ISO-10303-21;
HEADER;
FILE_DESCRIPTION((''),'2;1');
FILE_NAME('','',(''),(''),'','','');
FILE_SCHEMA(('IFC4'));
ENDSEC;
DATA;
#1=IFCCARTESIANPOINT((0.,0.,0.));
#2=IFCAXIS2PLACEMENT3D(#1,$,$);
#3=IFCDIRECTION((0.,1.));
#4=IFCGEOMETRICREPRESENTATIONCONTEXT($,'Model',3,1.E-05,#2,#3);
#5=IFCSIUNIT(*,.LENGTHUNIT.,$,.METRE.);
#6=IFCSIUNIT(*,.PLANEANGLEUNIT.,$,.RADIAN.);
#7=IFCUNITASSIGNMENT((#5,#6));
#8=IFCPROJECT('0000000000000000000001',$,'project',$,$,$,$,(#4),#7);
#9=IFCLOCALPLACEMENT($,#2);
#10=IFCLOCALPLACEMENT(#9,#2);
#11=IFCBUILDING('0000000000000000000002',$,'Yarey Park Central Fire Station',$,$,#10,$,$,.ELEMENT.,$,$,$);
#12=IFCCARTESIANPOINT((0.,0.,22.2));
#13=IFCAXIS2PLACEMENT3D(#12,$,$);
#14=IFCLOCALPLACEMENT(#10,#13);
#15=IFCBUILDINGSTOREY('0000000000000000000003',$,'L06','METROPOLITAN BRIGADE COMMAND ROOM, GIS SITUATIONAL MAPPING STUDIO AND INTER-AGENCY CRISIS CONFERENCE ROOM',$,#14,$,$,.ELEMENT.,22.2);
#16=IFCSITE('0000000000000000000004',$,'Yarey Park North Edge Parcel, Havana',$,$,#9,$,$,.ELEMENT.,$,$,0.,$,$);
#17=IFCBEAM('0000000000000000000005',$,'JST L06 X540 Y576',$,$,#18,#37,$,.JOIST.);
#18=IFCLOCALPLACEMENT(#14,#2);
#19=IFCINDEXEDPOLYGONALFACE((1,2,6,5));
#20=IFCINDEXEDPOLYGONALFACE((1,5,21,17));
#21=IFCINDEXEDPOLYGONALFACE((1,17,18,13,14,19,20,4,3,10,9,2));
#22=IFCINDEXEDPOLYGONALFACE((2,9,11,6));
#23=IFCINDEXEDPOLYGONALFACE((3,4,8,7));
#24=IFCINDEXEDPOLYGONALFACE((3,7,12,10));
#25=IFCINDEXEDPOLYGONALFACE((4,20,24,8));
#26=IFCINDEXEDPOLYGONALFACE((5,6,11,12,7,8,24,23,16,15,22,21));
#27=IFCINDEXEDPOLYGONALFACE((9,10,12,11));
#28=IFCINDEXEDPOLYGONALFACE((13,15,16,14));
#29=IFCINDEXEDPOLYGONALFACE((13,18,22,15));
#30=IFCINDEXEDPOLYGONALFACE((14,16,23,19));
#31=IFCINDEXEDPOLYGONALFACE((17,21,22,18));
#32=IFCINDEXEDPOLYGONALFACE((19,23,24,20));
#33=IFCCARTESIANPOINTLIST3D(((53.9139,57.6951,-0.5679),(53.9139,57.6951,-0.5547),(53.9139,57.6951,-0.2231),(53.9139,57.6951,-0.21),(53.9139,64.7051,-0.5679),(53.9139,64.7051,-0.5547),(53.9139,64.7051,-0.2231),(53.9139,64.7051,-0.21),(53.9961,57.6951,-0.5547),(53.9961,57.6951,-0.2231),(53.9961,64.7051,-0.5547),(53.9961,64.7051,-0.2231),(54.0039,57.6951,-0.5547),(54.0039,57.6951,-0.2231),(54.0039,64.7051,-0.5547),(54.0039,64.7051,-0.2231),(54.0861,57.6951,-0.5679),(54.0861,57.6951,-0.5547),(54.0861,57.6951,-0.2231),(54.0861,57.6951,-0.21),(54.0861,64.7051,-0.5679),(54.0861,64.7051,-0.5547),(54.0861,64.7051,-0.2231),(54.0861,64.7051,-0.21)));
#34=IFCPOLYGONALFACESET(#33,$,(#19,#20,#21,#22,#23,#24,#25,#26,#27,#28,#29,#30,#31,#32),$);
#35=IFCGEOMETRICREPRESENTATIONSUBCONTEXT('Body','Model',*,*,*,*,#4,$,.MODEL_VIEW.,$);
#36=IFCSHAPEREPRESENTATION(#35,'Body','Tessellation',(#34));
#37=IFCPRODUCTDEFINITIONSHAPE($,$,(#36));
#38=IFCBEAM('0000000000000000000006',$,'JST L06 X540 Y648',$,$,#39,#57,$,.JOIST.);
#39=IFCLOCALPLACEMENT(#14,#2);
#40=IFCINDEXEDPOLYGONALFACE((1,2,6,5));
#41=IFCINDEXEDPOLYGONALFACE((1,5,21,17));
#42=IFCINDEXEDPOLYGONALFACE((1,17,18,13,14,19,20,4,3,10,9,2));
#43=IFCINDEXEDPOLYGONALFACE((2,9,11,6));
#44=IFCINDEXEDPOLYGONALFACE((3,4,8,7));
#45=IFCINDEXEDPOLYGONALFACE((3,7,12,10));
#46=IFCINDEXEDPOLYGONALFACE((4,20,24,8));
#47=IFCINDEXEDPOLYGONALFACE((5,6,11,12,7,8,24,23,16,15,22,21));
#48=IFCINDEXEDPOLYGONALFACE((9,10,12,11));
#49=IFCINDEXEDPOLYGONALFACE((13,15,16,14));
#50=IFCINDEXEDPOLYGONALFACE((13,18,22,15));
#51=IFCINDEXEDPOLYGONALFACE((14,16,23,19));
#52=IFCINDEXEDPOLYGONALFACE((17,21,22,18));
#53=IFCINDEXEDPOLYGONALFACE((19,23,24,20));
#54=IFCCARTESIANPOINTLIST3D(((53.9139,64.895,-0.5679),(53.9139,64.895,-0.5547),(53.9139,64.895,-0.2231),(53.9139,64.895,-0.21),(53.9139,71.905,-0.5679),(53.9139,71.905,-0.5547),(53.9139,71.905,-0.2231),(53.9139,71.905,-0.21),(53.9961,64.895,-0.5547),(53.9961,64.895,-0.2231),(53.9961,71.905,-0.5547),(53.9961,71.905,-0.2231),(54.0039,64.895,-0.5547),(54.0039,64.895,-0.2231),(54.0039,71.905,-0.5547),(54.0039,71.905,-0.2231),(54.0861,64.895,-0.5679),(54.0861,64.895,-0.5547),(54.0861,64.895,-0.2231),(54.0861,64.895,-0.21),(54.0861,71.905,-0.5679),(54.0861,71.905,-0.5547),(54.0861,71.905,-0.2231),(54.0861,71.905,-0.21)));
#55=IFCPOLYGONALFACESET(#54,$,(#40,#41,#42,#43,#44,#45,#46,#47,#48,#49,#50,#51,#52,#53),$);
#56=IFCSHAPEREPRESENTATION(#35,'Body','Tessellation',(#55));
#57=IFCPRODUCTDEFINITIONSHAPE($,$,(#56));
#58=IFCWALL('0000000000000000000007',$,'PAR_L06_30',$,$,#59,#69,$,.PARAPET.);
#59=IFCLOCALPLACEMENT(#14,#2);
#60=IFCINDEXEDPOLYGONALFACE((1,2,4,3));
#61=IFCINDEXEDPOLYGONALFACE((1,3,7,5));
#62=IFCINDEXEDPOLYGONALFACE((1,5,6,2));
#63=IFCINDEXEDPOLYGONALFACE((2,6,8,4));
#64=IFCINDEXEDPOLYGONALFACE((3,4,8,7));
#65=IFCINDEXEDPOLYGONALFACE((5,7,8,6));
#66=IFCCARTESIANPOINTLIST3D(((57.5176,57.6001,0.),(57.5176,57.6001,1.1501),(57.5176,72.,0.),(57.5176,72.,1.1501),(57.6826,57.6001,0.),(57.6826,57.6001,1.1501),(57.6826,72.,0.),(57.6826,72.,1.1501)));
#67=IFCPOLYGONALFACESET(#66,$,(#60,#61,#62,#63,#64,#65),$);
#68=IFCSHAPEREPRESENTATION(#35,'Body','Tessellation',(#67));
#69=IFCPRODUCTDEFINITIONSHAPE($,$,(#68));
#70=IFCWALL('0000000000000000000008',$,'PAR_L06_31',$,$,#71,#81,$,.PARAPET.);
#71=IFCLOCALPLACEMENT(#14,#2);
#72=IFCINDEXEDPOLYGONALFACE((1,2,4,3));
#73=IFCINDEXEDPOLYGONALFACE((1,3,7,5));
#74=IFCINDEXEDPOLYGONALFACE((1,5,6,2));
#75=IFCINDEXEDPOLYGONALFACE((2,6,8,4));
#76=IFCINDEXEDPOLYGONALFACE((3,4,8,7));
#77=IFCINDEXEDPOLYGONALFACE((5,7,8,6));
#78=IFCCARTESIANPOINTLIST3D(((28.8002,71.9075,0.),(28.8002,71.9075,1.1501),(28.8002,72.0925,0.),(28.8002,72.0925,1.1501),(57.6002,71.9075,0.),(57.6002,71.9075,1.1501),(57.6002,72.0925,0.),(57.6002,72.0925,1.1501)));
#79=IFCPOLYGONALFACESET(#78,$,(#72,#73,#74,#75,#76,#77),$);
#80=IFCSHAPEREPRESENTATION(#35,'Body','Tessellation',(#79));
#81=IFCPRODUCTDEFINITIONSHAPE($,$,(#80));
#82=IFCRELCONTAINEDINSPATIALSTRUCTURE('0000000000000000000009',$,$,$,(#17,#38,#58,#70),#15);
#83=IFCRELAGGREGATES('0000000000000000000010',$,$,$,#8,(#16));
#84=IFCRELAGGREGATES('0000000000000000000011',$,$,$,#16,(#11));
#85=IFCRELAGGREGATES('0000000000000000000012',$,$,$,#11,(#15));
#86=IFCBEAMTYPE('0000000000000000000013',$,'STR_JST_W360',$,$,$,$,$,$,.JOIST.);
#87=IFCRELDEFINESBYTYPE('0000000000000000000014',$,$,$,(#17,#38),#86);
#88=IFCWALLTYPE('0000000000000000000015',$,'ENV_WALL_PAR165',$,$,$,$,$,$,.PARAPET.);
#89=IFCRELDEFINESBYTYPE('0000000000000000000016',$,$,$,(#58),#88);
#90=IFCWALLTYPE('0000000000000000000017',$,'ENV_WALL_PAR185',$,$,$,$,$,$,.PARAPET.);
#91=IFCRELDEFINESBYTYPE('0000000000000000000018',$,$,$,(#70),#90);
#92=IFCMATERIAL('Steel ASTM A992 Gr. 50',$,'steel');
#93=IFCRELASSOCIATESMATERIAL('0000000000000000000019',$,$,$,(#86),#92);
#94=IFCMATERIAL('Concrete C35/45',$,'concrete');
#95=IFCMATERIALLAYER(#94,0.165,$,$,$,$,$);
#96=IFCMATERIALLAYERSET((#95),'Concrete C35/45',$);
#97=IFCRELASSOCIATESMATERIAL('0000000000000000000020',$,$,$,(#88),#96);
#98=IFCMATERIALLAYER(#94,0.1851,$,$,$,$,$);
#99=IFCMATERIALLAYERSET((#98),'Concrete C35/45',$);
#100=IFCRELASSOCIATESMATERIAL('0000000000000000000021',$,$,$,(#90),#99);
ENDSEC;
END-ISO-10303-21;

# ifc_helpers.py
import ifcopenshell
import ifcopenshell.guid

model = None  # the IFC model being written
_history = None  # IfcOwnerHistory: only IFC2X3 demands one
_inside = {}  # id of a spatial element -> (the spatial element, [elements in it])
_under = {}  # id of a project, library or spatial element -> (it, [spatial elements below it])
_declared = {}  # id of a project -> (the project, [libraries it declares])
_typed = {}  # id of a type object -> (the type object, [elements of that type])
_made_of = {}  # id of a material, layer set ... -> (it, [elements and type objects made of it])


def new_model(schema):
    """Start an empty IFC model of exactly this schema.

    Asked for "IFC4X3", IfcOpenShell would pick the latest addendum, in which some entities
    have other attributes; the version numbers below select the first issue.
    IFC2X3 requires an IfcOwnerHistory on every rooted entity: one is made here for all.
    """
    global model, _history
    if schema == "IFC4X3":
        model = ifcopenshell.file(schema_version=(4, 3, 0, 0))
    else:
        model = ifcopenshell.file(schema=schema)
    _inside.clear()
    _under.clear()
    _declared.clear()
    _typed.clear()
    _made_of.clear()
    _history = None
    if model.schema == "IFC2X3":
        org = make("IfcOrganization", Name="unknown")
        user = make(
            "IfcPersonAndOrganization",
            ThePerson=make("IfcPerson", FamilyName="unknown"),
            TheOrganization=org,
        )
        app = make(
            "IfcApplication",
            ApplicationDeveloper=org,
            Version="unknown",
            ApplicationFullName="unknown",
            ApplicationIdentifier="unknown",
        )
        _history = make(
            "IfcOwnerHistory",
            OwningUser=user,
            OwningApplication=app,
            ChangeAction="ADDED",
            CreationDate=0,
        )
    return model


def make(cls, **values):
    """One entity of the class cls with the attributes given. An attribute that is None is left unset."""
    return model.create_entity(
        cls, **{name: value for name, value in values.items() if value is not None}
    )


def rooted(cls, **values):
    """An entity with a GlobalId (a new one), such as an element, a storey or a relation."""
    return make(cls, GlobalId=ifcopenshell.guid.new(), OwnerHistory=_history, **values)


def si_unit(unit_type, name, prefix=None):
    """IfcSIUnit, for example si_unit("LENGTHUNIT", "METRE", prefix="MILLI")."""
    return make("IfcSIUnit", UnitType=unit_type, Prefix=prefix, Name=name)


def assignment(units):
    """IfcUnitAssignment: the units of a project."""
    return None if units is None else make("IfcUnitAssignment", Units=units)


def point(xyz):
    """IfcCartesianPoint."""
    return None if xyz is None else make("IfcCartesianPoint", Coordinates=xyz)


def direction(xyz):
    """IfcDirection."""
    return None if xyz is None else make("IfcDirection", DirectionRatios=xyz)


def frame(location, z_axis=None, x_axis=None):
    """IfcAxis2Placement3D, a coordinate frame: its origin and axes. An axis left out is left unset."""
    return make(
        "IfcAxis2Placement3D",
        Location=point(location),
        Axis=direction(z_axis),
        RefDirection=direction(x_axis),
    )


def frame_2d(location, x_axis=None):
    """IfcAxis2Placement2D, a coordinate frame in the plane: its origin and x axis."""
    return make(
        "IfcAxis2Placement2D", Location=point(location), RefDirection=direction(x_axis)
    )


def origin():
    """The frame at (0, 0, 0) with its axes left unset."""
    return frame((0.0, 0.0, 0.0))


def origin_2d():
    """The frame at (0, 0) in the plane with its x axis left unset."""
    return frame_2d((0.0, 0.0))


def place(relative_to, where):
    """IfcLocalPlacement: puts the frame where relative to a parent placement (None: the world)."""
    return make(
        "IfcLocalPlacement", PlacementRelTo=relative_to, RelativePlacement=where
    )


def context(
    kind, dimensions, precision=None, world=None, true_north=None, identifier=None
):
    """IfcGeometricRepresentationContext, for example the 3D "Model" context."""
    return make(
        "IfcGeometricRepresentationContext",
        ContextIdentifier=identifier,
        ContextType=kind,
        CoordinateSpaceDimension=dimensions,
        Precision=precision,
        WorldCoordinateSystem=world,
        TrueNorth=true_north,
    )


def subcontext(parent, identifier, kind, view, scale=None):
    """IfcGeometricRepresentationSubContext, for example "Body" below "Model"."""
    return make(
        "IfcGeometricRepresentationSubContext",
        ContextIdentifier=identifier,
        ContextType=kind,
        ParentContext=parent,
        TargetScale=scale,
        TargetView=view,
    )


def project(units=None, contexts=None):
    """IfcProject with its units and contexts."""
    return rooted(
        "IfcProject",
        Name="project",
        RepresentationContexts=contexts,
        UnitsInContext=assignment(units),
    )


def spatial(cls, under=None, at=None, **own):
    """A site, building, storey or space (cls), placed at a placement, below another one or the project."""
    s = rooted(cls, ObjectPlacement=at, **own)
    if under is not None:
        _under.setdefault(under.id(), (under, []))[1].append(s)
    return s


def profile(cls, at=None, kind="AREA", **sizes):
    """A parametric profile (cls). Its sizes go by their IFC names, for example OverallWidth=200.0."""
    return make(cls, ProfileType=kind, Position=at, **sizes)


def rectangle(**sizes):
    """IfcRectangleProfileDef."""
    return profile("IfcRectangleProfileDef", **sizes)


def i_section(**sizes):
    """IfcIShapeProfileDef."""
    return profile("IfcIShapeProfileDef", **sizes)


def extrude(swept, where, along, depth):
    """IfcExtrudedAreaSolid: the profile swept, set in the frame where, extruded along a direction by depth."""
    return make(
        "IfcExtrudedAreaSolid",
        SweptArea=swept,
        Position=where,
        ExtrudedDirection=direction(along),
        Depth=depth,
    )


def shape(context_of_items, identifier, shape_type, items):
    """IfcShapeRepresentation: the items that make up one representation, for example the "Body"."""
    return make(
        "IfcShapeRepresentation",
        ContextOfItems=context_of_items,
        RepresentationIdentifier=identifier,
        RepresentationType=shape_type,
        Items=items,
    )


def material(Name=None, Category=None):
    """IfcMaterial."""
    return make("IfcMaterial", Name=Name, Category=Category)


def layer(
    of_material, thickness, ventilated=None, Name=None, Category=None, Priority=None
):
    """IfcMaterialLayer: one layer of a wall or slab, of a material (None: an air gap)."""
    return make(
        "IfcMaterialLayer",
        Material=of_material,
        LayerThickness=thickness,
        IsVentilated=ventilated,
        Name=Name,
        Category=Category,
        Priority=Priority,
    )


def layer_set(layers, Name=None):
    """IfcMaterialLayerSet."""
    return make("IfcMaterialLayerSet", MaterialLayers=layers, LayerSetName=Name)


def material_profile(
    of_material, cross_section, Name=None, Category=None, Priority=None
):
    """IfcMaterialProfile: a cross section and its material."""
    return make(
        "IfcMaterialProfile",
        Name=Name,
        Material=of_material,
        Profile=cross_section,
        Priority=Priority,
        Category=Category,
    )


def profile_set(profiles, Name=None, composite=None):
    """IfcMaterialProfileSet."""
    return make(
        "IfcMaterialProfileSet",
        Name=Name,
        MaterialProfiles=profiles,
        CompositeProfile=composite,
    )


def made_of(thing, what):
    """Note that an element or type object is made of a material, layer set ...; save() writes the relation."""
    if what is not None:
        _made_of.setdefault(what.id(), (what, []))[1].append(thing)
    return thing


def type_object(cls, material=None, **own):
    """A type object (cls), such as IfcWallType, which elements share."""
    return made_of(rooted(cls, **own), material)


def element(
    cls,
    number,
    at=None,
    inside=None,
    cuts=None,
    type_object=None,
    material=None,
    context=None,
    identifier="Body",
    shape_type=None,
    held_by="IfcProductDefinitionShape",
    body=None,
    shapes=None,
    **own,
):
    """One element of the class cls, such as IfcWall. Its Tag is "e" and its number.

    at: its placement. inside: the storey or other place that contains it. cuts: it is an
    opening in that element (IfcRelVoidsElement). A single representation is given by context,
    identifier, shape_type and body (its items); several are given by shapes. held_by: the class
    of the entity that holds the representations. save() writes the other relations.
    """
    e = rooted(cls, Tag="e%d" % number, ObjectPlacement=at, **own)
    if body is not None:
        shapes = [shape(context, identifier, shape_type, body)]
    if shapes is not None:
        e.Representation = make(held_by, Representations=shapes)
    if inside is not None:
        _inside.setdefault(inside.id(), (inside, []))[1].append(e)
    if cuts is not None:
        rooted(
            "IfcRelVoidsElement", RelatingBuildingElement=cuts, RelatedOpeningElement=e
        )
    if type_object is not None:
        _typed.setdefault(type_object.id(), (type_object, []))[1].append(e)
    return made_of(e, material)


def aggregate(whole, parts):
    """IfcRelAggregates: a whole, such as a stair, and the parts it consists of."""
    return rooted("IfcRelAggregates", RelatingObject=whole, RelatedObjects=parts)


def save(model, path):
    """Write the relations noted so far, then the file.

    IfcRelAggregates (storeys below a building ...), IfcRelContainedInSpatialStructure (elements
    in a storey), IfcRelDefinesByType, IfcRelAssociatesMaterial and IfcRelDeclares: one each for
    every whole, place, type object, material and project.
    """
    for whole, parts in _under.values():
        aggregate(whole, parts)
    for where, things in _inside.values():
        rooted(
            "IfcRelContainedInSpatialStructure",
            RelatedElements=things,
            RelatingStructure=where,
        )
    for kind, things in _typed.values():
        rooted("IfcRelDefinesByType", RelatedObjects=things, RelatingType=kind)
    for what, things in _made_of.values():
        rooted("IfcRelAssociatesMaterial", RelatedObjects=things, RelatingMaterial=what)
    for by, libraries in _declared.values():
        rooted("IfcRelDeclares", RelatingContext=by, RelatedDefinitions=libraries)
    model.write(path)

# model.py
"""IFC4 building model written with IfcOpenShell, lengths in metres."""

from ifc_helpers import new_model, si_unit, direction, frame, frame_2d, origin, origin_2d, place, context, subcontext, project, spatial, rectangle, i_section, extrude, material, layer, layer_set, material_profile, profile_set, type_object, element, save


model = new_model("IFC4")

# Units and contexts
model_context = context("Model", 3, precision=1e-05, world=origin(), true_north=direction((0.0, 1.0)))
body_context = subcontext(model_context, "Body", "Model", "MODEL_VIEW")
ifc_project = project(units=[si_unit("LENGTHUNIT", "METRE"), si_unit("PLANEANGLEUNIT", "RADIAN")], contexts=[model_context])

# Site, building, storey
site_placement = place(None, origin())
site = spatial("IfcSite", under=ifc_project, at=site_placement, Name="Yarey Park North Edge Parcel, Havana", CompositionType="ELEMENT", RefElevation=0.0)
building_placement = place(site_placement, origin())
building = spatial("IfcBuilding", under=site, at=building_placement, Name="Yarey Park Central Fire Station", CompositionType="ELEMENT")
storey_placement = place(building_placement, frame((0.0, 0.0, 22.2)))
storey = spatial("IfcBuildingStorey", under=building, at=storey_placement, Name="L06", Description="METROPOLITAN BRIGADE COMMAND ROOM, GIS SITUATIONAL MAPPING STUDIO AND INTER-AGENCY CRISIS CONFERENCE ROOM", CompositionType="ELEMENT", Elevation=22.2)

# Shared definitions
ifc_material_1 = material(Name="Steel ASTM A992 Gr. 50", Category="steel")

# Beams
ifc_material_profile_1 = material_profile(ifc_material_1, i_section(OverallWidth=0.1721, OverallDepth=0.3579, WebThickness=0.0078, FlangeThickness=0.0132, at=origin_2d()), Name="W360x57")
ifc_profile_set_1 = profile_set([ifc_material_profile_1], Name="Steel ASTM A992 Gr. 50")
beam_type_1 = type_object("IfcBeamType", Name="STR_JST_W360", PredefinedType="JOIST", material=ifc_profile_set_1)
for number, where, z_axis, x_axis, name in (
    (1, (54.0, 57.6951, -0.3889), (0.0, 1.0, 0.0), (-1.0, 0.0, 0.0), "JST L06 X540 Y576"),
    (2, (54.0, 64.895, -0.3889), (0.0, 1.0, 0.0), (-1.0, 0.0, 0.0), "JST L06 X540 Y648"),
):
    element("IfcBeam", number, at=place(storey_placement, frame(where, z_axis=z_axis, x_axis=x_axis)), inside=storey, type_object=beam_type_1, Name=name, PredefinedType="JOIST", context=body_context, shape_type="SweptSolid", body=[
        extrude(i_section(OverallWidth=0.1721, OverallDepth=0.3579, WebThickness=0.0078, FlangeThickness=0.0132, at=origin_2d()), origin(), (0.0, 0.0, 1.0), 7.01),
    ])

# Walls
ifc_material_2 = material(Name="Concrete C35/45", Category="concrete")
ifc_layer_1 = layer(ifc_material_2, 0.165)
ifc_layer_set_1 = layer_set([ifc_layer_1], Name="Concrete C35/45")
wall_type_1 = type_object("IfcWallType", Name="ENV_WALL_PAR165", PredefinedType="PARAPET", material=ifc_layer_set_1)
wall_1_placement = place(storey_placement, frame((57.6001, 57.6001, 0.0), z_axis=(0.0, 0.0, 1.0), x_axis=(0.0, 1.0, 0.0)))
element("IfcWall", 3, at=wall_1_placement, inside=storey, type_object=wall_type_1, Name="PAR_L06_30", PredefinedType="PARAPET", context=body_context, shape_type="SweptSolid", body=[
    extrude(rectangle(XDim=14.3999, YDim=0.165, at=frame_2d((7.2, 0.0))), origin(), (0.0, 0.0, 1.0), 1.1501),
])
ifc_layer_2 = layer(ifc_material_2, 0.1851)
ifc_layer_set_2 = layer_set([ifc_layer_2], Name="Concrete C35/45")
wall_type_2 = type_object("IfcWallType", Name="ENV_WALL_PAR185", PredefinedType="PARAPET", material=ifc_layer_set_2)
wall_2_placement = place(storey_placement, frame((57.6001, 72.0, 0.0), z_axis=(0.0, 0.0, 1.0), x_axis=(-1.0, 0.0, 0.0)))
element("IfcWall", 4, at=wall_2_placement, inside=storey, type_object=wall_type_2, Name="PAR_L06_31", PredefinedType="PARAPET", context=body_context, shape_type="SweptSolid", body=[
    extrude(rectangle(XDim=28.8, YDim=0.1851, at=frame_2d((14.3999, 0.0))), origin(), (0.0, 0.0, 1.0), 1.1501),
])

save(model, "model.ifc")
